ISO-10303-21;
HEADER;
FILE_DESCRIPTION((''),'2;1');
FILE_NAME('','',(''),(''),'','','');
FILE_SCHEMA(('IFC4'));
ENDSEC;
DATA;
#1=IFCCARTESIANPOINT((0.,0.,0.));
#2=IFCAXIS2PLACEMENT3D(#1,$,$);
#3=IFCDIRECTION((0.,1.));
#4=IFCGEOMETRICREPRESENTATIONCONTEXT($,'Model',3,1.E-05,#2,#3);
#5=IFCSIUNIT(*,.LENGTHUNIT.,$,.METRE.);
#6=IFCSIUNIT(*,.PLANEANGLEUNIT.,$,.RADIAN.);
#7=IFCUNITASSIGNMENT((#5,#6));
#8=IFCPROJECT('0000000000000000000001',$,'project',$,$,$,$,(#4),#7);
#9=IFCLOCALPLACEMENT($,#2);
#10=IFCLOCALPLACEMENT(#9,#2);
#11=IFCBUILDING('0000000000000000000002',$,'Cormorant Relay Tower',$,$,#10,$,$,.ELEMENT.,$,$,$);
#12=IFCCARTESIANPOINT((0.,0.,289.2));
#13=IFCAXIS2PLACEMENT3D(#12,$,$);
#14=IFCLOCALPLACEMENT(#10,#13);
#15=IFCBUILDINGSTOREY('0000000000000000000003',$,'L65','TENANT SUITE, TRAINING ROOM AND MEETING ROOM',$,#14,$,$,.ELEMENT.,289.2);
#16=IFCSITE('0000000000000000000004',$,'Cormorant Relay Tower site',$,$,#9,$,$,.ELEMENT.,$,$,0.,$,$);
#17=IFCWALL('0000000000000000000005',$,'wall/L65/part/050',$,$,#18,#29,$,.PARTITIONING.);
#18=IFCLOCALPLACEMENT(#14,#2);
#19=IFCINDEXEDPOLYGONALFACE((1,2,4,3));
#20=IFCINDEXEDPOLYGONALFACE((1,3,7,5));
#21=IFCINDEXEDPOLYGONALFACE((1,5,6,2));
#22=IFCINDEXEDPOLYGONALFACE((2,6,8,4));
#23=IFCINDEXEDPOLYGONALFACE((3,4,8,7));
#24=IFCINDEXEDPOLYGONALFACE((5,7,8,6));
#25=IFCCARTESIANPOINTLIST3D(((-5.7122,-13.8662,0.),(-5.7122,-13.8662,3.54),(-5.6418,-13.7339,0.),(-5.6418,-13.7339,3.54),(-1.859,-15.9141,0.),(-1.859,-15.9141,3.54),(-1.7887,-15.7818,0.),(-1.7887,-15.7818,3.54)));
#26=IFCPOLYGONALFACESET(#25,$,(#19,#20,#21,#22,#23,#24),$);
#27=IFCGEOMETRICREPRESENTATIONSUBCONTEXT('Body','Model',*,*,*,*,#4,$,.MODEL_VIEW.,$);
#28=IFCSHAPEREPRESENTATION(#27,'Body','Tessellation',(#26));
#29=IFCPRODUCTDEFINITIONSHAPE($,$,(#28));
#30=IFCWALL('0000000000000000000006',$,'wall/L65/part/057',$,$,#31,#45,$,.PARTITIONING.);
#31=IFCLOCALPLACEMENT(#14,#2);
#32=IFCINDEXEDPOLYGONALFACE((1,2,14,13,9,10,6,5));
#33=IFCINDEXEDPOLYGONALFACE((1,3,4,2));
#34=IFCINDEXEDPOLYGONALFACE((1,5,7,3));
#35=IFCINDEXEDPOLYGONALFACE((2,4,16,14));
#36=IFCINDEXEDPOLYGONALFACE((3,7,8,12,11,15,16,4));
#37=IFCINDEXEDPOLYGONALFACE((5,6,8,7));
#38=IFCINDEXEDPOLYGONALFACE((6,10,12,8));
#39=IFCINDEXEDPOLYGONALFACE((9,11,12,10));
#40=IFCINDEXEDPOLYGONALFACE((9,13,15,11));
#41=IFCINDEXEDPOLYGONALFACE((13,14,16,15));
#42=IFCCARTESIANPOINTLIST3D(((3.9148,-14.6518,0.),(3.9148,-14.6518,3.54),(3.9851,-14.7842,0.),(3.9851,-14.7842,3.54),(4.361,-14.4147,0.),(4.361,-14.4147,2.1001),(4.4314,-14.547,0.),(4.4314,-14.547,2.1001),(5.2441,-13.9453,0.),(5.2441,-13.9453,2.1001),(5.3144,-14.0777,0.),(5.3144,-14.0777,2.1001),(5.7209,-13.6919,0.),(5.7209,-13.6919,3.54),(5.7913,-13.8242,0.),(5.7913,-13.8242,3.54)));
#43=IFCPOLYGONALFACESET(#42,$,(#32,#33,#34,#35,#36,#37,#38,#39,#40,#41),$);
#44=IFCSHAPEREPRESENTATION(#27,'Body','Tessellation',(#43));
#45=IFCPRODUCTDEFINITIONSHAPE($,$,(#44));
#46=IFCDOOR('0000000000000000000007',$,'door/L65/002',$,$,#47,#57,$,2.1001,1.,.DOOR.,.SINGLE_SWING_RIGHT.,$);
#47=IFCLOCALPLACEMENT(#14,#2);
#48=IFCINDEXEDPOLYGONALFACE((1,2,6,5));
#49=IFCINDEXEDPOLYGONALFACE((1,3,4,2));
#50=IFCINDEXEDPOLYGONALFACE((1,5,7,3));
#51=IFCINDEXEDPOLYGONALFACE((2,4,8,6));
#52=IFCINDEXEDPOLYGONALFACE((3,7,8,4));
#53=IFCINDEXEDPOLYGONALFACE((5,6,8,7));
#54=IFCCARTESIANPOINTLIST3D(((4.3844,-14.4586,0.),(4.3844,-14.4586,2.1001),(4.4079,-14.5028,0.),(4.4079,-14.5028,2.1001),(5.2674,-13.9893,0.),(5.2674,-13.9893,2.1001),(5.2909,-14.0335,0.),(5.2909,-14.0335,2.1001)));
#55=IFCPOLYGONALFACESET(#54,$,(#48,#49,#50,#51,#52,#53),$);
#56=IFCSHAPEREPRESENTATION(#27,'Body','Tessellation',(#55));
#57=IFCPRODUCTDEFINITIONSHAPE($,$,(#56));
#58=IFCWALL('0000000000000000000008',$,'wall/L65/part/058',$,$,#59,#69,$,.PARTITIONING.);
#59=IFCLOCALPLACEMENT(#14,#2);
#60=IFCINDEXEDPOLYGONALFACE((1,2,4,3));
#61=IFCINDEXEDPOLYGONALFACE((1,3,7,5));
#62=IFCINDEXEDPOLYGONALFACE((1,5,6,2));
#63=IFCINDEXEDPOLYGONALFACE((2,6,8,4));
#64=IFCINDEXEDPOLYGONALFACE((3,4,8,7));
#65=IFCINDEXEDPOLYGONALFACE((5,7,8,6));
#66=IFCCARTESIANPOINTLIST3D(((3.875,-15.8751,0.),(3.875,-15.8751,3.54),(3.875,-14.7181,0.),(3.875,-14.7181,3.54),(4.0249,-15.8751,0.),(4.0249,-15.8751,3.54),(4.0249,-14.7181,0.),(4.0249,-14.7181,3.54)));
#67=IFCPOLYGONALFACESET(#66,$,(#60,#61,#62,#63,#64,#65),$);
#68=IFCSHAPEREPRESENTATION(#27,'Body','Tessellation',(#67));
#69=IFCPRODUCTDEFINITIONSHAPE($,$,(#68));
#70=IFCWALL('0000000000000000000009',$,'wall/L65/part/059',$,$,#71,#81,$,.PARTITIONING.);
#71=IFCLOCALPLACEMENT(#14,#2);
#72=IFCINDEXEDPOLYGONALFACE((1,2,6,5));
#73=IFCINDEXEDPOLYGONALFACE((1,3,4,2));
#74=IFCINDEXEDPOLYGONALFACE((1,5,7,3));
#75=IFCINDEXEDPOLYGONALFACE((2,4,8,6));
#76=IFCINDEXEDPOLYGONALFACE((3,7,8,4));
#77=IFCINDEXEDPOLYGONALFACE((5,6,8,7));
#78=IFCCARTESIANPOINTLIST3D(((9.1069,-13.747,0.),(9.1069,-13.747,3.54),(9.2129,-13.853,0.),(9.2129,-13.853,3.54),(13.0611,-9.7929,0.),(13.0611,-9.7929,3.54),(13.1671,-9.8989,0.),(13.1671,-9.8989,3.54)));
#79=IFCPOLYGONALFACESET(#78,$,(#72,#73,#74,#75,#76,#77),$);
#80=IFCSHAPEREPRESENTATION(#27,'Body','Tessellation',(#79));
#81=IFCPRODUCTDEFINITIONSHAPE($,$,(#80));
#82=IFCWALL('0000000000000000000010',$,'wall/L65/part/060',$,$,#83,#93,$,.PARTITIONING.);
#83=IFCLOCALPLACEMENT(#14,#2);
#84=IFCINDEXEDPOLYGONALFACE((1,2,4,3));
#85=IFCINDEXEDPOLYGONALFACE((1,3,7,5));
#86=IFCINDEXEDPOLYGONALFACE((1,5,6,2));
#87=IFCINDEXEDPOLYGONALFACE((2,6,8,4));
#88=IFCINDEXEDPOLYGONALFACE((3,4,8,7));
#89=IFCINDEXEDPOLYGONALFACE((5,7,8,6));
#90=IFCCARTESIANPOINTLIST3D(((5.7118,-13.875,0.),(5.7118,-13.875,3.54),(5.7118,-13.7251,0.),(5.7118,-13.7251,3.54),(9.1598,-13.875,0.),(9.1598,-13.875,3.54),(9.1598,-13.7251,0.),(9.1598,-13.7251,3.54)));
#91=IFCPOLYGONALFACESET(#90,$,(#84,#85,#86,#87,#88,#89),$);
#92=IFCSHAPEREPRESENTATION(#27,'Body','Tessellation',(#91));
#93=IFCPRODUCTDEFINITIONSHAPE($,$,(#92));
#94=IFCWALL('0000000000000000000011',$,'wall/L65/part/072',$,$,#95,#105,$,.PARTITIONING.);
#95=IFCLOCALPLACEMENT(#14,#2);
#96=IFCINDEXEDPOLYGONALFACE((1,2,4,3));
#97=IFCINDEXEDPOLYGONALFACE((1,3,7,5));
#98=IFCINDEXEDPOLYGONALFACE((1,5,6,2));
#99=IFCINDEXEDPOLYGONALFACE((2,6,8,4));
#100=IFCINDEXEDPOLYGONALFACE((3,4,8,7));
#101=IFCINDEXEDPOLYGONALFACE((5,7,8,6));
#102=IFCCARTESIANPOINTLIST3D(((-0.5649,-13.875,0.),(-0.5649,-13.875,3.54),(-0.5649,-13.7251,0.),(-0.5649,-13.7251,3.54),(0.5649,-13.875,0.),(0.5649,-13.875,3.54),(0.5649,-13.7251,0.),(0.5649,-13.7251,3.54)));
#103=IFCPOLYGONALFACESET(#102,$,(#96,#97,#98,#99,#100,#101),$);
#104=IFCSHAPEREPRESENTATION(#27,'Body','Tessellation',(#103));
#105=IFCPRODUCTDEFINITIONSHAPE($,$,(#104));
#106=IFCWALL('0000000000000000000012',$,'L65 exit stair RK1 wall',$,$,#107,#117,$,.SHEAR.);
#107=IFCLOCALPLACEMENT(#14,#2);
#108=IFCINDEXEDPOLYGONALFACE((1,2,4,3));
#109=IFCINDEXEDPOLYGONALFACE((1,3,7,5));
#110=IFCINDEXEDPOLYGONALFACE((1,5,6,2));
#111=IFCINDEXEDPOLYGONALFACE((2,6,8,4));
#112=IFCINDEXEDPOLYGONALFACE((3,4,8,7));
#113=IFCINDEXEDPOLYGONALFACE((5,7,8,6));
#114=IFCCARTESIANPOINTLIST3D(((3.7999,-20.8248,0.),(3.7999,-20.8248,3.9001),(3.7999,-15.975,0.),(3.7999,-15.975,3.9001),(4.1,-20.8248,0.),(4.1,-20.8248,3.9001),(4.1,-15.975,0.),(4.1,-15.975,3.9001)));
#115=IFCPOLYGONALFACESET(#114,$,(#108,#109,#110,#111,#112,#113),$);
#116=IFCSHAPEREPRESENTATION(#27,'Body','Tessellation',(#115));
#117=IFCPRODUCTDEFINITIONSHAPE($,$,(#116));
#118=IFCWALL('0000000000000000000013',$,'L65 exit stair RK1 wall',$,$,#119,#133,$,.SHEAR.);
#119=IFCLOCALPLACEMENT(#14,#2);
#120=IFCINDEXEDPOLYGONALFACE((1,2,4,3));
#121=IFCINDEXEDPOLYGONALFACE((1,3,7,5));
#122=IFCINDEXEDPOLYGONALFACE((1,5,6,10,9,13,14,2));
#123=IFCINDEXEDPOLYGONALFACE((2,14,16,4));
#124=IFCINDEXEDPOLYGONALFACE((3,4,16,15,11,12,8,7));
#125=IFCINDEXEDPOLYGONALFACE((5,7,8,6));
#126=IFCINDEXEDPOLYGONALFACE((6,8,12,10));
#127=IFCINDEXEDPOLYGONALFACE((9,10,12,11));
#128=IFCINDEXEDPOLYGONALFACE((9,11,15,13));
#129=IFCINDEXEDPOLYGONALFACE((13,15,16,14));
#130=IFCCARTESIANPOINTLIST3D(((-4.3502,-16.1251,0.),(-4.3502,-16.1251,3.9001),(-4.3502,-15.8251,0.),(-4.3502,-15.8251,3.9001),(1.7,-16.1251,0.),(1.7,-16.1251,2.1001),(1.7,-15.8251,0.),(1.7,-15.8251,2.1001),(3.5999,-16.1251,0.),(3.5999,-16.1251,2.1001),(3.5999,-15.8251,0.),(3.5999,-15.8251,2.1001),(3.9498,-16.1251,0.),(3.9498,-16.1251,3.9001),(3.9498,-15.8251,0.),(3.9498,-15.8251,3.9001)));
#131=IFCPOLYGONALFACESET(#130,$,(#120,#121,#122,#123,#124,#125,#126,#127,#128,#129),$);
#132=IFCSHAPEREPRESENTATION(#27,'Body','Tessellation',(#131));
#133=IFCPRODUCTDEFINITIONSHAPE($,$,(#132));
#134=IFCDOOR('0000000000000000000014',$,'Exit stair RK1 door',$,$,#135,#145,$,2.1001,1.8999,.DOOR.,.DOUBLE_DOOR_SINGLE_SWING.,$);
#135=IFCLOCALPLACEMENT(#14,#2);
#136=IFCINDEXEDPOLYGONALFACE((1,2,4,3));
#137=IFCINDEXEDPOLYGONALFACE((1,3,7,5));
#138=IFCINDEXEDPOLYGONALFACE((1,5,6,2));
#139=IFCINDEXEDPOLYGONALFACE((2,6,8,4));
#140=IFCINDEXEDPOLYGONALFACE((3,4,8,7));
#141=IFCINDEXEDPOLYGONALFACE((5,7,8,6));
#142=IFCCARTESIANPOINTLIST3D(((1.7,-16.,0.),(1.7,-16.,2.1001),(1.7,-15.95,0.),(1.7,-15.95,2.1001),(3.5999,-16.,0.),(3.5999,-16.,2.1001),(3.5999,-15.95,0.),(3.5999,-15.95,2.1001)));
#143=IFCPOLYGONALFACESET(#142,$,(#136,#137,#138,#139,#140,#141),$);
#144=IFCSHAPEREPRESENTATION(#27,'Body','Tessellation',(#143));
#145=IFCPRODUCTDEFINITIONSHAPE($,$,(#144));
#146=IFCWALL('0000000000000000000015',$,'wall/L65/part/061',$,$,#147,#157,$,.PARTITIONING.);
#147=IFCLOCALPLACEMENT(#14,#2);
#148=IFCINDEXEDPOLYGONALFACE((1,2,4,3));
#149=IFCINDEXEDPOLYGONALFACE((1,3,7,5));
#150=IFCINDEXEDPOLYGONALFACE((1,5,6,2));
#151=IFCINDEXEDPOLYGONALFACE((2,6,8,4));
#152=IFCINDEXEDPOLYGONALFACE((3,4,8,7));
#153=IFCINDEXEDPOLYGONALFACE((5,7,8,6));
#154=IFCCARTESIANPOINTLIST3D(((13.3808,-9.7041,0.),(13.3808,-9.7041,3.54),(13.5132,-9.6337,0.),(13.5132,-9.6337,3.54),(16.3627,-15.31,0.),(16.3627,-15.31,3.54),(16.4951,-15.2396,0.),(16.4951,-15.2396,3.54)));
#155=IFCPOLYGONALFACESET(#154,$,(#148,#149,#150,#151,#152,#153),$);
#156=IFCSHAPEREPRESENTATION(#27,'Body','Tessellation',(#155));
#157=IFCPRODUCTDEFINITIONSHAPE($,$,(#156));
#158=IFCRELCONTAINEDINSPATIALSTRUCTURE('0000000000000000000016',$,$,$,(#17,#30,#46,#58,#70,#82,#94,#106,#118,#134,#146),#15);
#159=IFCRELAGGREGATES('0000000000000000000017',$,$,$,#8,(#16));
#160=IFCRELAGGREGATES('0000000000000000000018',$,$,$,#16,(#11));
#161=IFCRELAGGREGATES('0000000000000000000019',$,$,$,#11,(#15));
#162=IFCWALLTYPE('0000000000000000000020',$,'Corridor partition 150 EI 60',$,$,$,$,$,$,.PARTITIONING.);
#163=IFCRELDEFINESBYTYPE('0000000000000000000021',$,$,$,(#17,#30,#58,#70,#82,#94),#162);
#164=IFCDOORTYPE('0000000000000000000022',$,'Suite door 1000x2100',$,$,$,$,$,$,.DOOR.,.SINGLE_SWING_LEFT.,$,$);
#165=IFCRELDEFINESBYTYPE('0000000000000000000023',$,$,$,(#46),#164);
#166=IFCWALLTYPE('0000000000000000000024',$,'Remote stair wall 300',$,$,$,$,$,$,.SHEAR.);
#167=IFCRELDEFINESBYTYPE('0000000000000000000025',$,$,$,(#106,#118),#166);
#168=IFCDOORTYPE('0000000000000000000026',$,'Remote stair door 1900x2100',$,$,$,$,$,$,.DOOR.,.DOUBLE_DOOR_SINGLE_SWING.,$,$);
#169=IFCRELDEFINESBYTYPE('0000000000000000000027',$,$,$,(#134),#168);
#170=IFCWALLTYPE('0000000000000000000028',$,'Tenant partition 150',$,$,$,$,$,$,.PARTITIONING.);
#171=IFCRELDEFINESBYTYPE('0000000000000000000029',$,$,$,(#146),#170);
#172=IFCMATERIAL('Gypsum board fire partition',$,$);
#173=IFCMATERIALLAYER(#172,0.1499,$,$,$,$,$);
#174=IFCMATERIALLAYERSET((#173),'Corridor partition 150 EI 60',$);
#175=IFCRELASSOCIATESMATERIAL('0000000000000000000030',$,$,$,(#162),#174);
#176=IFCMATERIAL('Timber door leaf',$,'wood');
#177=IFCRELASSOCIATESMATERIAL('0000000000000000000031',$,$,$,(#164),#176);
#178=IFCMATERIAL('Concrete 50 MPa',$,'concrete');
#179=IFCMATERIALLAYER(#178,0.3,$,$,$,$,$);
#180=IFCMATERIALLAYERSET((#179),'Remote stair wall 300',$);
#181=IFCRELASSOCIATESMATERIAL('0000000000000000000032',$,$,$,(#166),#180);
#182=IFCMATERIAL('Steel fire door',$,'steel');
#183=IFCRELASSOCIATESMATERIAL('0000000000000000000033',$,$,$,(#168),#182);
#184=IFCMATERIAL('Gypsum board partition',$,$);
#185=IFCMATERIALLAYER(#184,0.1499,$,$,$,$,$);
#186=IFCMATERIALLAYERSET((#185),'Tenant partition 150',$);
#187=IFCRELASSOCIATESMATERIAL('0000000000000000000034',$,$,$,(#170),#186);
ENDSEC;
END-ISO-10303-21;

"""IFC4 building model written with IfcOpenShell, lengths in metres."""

from ifc_helpers import new_model, si_unit, direction, frame, frame_2d, origin, place, context, subcontext, project, spatial, rectangle, extrude, material, layer, layer_set, type_object, element, fill, save


model = new_model("IFC4")

# Units and contexts
model_context = context("Model", 3, precision=1e-05, world=origin(), true_north=direction((0.0, 1.0)))
body_context = subcontext(model_context, "Body", "Model", "MODEL_VIEW")
ifc_project = project(units=[si_unit("LENGTHUNIT", "METRE"), si_unit("PLANEANGLEUNIT", "RADIAN")], contexts=[model_context])

# Site, building, storey
site_placement = place(None, origin())
site = spatial("IfcSite", under=ifc_project, at=site_placement, Name="Cormorant Relay Tower site", CompositionType="ELEMENT", RefElevation=0.0)
building_placement = place(site_placement, origin())
building = spatial("IfcBuilding", under=site, at=building_placement, Name="Cormorant Relay Tower", CompositionType="ELEMENT")
storey_placement = place(building_placement, frame((0.0, 0.0, 289.2)))
storey = spatial("IfcBuildingStorey", under=building, at=storey_placement, Name="L65", Description="TENANT SUITE, TRAINING ROOM AND MEETING ROOM", CompositionType="ELEMENT", Elevation=289.2)

# Shared definitions
ifc_material_1 = material(Name="Gypsum board fire partition")
ifc_layer_1 = layer(ifc_material_1, 0.1499)
ifc_layer_set_1 = layer_set([ifc_layer_1], Name="Corridor partition 150 EI 60")
wall_type_1 = type_object("IfcWallType", Name="Corridor partition 150 EI 60", PredefinedType="PARTITIONING", material=ifc_layer_set_1)
ifc_material_2 = material(Name="Timber door leaf", Category="wood")
door_type_1 = type_object("IfcDoorType", Name="Suite door 1000x2100", OperationType="SINGLE_SWING_LEFT", PredefinedType="DOOR", material=ifc_material_2)

# Wall
wall_1_placement = place(storey_placement, frame((-1.824, -15.8479, 0.0), z_axis=(0.0, 0.0, 1.0), x_axis=(-0.883027, 0.469322, 0.0)))
element("IfcWall", 1, at=wall_1_placement, inside=storey, type_object=wall_type_1, Name="wall/L65/part/050", PredefinedType="PARTITIONING", context=body_context, shape_type="SweptSolid", body=[
    extrude(rectangle(XDim=4.3635, YDim=0.1499, at=frame_2d((2.1816, 0.0))), origin(), (0.0, 0.0, 1.0), 3.54),
])

# Wall, opening, door
wall_2_placement = place(storey_placement, frame((5.7561, -13.7581, 0.0), z_axis=(0.0, 0.0, 1.0), x_axis=(-0.883026, -0.469324, 0.0)))
wall_2 = element("IfcWall", 2, at=wall_2_placement, inside=storey, type_object=wall_type_1, Name="wall/L65/part/057", PredefinedType="PARTITIONING", context=body_context, shape_type="SweptSolid", body=[
    extrude(rectangle(XDim=2.0454, YDim=0.1499, at=frame_2d((1.0227, 0.0))), origin(), (0.0, 0.0, 1.0), 3.54),
])
opening_1_placement = place(wall_2_placement, frame((0.54, 0.0, 0.0)))
opening_1 = element("IfcOpeningElement", 3, at=opening_1_placement, cuts=wall_2, PredefinedType="OPENING", context=body_context, shape_type="SweptSolid", body=[
    extrude(rectangle(XDim=1.0, YDim=2.1001, at=frame_2d((0.5, 1.05))), frame((0.0, 0.085, 0.0), z_axis=(0.0, -1.0, 0.0), x_axis=(1.0, 0.0, 0.0)), (0.0, 0.0, 1.0), 0.1699),
])
door_1_placement = place(opening_1_placement, origin())
door_1 = element("IfcDoor", 4, at=door_1_placement, inside=storey, type_object=door_type_1, Name="door/L65/002", OperationType="SINGLE_SWING_RIGHT", OverallHeight=2.1001, OverallWidth=1.0, PredefinedType="DOOR", context=body_context, shape_type="SweptSolid", body=[
    extrude(rectangle(XDim=1.0, YDim=2.1001, at=frame_2d((0.5, 1.05))), frame((0.0, 0.0249, 0.0), z_axis=(0.0, -1.0, 0.0), x_axis=(1.0, 0.0, 0.0)), (0.0, 0.0, 1.0), 0.05),
])
fill(opening_1, door_1)

# Walls
wall_3_placement = place(storey_placement, frame((3.95, -14.718, 0.0), z_axis=(0.0, 0.0, 1.0), x_axis=(0.0, -1.0, 0.0)))
element("IfcWall", 5, at=wall_3_placement, inside=storey, type_object=wall_type_1, Name="wall/L65/part/058", PredefinedType="PARTITIONING", context=body_context, shape_type="SweptSolid", body=[
    extrude(rectangle(XDim=1.157, YDim=0.1499, at=frame_2d((0.5786, 0.0))), origin(), (0.0, 0.0, 1.0), 3.54),
])
wall_4_placement = place(storey_placement, frame((13.114, -9.8459, 0.0), z_axis=(0.0, 0.0, 1.0), x_axis=(-0.707107, -0.707107, 0.0)))
element("IfcWall", 6, at=wall_4_placement, inside=storey, type_object=wall_type_1, Name="wall/L65/part/059", PredefinedType="PARTITIONING", context=body_context, shape_type="SweptSolid", body=[
    extrude(rectangle(XDim=5.592, YDim=0.1499, at=frame_2d((2.7959, 0.0))), origin(), (0.0, 0.0, 1.0), 3.54),
])
wall_5_placement = place(storey_placement, frame((9.1599, -13.8, 0.0), z_axis=(0.0, 0.0, 1.0), x_axis=(-1.0, 0.0, 0.0)))
element("IfcWall", 7, at=wall_5_placement, inside=storey, type_object=wall_type_1, Name="wall/L65/part/060", PredefinedType="PARTITIONING", context=body_context, shape_type="SweptSolid", body=[
    extrude(rectangle(XDim=3.448, YDim=0.1499, at=frame_2d((1.7241, 0.0))), origin(), (0.0, 0.0, 1.0), 3.54),
])
wall_6_placement = place(storey_placement, frame((0.5649, -13.8, 0.0), z_axis=(0.0, 0.0, 1.0), x_axis=(-1.0, 0.0, 0.0)))
element("IfcWall", 8, at=wall_6_placement, inside=storey, type_object=wall_type_1, Name="wall/L65/part/072", PredefinedType="PARTITIONING", context=body_context, shape_type="SweptSolid", body=[
    extrude(rectangle(XDim=1.1299, YDim=0.1499, at=frame_2d((0.5649, 0.0))), origin(), (0.0, 0.0, 1.0), 3.54),
])
ifc_material_3 = material(Name="Concrete 50 MPa", Category="concrete")
ifc_layer_2 = layer(ifc_material_3, 0.3)
ifc_layer_set_2 = layer_set([ifc_layer_2], Name="Remote stair wall 300")
wall_type_2 = type_object("IfcWallType", Name="Remote stair wall 300", PredefinedType="SHEAR", material=ifc_layer_set_2)
wall_7_placement = place(storey_placement, frame((3.95, -15.9751, 0.0), z_axis=(0.0, 0.0, 1.0), x_axis=(0.0, -1.0, 0.0)))
element("IfcWall", 9, at=wall_7_placement, inside=storey, type_object=wall_type_2, Name="L65 exit stair RK1 wall", PredefinedType="SHEAR", context=body_context, shape_type="SweptSolid", body=[
    extrude(rectangle(XDim=4.8499, YDim=0.3, at=frame_2d((2.4248, 0.0))), origin(), (0.0, 0.0, 1.0), 3.9001),
])

# Wall, opening, door
wall_8_placement = place(storey_placement, frame((-4.3501, -15.9751, 0.0), z_axis=(0.0, 0.0, 1.0), x_axis=(1.0, 0.0, 0.0)))
wall_8 = element("IfcWall", 10, at=wall_8_placement, inside=storey, type_object=wall_type_2, Name="L65 exit stair RK1 wall", PredefinedType="SHEAR", context=body_context, shape_type="SweptSolid", body=[
    extrude(rectangle(XDim=8.3, YDim=0.3, at=frame_2d((4.1499, 0.0))), origin(), (0.0, 0.0, 1.0), 3.9001),
])
opening_2_placement = place(wall_8_placement, frame((6.05, 0.0, 0.0)))
opening_2 = element("IfcOpeningElement", 11, at=opening_2_placement, cuts=wall_8, PredefinedType="OPENING", context=body_context, shape_type="SweptSolid", body=[
    extrude(rectangle(XDim=1.8999, YDim=2.1001, at=frame_2d((0.95, 1.05))), frame((0.0, 0.1599, 0.0), z_axis=(0.0, -1.0, 0.0), x_axis=(1.0, 0.0, 0.0)), (0.0, 0.0, 1.0), 0.3201),
])
ifc_material_4 = material(Name="Steel fire door", Category="steel")
door_type_2 = type_object("IfcDoorType", Name="Remote stair door 1900x2100", OperationType="DOUBLE_DOOR_SINGLE_SWING", PredefinedType="DOOR", material=ifc_material_4)
door_2_placement = place(opening_2_placement, frame((1.8999, 0.0, 0.0), z_axis=(0.0, 0.0, 1.0), x_axis=(-1.0, 0.0, 0.0)))
door_2 = element("IfcDoor", 12, at=door_2_placement, inside=storey, type_object=door_type_2, Name="Exit stair RK1 door", OperationType="DOUBLE_DOOR_SINGLE_SWING", OverallHeight=2.1001, OverallWidth=1.8999, PredefinedType="DOOR", context=body_context, shape_type="SweptSolid", body=[
    extrude(rectangle(XDim=1.8999, YDim=2.1001, at=frame_2d((0.95, 1.05))), frame((0.0, 0.0249, 0.0), z_axis=(0.0, -1.0, 0.0), x_axis=(1.0, 0.0, 0.0)), (0.0, 0.0, 1.0), 0.05),
])
fill(opening_2, door_2)

# Wall
ifc_material_5 = material(Name="Gypsum board partition")
ifc_layer_3 = layer(ifc_material_5, 0.1499)
ifc_layer_set_3 = layer_set([ifc_layer_3], Name="Tenant partition 150")
wall_type_3 = type_object("IfcWallType", Name="Tenant partition 150", PredefinedType="PARTITIONING", material=ifc_layer_set_3)
wall_9_placement = place(storey_placement, frame((13.447, -9.6689, 0.0), z_axis=(0.0, 0.0, 1.0), x_axis=(0.469618, -0.88287, 0.0)))
element("IfcWall", 13, at=wall_9_placement, inside=storey, type_object=wall_type_3, Name="wall/L65/part/061", PredefinedType="PARTITIONING", context=body_context, shape_type="SweptSolid", body=[
    extrude(rectangle(XDim=6.3496, YDim=0.1499, at=frame_2d((3.1748, 0.0))), origin(), (0.0, 0.0, 1.0), 3.54),
])

save(model, "model.ifc")
